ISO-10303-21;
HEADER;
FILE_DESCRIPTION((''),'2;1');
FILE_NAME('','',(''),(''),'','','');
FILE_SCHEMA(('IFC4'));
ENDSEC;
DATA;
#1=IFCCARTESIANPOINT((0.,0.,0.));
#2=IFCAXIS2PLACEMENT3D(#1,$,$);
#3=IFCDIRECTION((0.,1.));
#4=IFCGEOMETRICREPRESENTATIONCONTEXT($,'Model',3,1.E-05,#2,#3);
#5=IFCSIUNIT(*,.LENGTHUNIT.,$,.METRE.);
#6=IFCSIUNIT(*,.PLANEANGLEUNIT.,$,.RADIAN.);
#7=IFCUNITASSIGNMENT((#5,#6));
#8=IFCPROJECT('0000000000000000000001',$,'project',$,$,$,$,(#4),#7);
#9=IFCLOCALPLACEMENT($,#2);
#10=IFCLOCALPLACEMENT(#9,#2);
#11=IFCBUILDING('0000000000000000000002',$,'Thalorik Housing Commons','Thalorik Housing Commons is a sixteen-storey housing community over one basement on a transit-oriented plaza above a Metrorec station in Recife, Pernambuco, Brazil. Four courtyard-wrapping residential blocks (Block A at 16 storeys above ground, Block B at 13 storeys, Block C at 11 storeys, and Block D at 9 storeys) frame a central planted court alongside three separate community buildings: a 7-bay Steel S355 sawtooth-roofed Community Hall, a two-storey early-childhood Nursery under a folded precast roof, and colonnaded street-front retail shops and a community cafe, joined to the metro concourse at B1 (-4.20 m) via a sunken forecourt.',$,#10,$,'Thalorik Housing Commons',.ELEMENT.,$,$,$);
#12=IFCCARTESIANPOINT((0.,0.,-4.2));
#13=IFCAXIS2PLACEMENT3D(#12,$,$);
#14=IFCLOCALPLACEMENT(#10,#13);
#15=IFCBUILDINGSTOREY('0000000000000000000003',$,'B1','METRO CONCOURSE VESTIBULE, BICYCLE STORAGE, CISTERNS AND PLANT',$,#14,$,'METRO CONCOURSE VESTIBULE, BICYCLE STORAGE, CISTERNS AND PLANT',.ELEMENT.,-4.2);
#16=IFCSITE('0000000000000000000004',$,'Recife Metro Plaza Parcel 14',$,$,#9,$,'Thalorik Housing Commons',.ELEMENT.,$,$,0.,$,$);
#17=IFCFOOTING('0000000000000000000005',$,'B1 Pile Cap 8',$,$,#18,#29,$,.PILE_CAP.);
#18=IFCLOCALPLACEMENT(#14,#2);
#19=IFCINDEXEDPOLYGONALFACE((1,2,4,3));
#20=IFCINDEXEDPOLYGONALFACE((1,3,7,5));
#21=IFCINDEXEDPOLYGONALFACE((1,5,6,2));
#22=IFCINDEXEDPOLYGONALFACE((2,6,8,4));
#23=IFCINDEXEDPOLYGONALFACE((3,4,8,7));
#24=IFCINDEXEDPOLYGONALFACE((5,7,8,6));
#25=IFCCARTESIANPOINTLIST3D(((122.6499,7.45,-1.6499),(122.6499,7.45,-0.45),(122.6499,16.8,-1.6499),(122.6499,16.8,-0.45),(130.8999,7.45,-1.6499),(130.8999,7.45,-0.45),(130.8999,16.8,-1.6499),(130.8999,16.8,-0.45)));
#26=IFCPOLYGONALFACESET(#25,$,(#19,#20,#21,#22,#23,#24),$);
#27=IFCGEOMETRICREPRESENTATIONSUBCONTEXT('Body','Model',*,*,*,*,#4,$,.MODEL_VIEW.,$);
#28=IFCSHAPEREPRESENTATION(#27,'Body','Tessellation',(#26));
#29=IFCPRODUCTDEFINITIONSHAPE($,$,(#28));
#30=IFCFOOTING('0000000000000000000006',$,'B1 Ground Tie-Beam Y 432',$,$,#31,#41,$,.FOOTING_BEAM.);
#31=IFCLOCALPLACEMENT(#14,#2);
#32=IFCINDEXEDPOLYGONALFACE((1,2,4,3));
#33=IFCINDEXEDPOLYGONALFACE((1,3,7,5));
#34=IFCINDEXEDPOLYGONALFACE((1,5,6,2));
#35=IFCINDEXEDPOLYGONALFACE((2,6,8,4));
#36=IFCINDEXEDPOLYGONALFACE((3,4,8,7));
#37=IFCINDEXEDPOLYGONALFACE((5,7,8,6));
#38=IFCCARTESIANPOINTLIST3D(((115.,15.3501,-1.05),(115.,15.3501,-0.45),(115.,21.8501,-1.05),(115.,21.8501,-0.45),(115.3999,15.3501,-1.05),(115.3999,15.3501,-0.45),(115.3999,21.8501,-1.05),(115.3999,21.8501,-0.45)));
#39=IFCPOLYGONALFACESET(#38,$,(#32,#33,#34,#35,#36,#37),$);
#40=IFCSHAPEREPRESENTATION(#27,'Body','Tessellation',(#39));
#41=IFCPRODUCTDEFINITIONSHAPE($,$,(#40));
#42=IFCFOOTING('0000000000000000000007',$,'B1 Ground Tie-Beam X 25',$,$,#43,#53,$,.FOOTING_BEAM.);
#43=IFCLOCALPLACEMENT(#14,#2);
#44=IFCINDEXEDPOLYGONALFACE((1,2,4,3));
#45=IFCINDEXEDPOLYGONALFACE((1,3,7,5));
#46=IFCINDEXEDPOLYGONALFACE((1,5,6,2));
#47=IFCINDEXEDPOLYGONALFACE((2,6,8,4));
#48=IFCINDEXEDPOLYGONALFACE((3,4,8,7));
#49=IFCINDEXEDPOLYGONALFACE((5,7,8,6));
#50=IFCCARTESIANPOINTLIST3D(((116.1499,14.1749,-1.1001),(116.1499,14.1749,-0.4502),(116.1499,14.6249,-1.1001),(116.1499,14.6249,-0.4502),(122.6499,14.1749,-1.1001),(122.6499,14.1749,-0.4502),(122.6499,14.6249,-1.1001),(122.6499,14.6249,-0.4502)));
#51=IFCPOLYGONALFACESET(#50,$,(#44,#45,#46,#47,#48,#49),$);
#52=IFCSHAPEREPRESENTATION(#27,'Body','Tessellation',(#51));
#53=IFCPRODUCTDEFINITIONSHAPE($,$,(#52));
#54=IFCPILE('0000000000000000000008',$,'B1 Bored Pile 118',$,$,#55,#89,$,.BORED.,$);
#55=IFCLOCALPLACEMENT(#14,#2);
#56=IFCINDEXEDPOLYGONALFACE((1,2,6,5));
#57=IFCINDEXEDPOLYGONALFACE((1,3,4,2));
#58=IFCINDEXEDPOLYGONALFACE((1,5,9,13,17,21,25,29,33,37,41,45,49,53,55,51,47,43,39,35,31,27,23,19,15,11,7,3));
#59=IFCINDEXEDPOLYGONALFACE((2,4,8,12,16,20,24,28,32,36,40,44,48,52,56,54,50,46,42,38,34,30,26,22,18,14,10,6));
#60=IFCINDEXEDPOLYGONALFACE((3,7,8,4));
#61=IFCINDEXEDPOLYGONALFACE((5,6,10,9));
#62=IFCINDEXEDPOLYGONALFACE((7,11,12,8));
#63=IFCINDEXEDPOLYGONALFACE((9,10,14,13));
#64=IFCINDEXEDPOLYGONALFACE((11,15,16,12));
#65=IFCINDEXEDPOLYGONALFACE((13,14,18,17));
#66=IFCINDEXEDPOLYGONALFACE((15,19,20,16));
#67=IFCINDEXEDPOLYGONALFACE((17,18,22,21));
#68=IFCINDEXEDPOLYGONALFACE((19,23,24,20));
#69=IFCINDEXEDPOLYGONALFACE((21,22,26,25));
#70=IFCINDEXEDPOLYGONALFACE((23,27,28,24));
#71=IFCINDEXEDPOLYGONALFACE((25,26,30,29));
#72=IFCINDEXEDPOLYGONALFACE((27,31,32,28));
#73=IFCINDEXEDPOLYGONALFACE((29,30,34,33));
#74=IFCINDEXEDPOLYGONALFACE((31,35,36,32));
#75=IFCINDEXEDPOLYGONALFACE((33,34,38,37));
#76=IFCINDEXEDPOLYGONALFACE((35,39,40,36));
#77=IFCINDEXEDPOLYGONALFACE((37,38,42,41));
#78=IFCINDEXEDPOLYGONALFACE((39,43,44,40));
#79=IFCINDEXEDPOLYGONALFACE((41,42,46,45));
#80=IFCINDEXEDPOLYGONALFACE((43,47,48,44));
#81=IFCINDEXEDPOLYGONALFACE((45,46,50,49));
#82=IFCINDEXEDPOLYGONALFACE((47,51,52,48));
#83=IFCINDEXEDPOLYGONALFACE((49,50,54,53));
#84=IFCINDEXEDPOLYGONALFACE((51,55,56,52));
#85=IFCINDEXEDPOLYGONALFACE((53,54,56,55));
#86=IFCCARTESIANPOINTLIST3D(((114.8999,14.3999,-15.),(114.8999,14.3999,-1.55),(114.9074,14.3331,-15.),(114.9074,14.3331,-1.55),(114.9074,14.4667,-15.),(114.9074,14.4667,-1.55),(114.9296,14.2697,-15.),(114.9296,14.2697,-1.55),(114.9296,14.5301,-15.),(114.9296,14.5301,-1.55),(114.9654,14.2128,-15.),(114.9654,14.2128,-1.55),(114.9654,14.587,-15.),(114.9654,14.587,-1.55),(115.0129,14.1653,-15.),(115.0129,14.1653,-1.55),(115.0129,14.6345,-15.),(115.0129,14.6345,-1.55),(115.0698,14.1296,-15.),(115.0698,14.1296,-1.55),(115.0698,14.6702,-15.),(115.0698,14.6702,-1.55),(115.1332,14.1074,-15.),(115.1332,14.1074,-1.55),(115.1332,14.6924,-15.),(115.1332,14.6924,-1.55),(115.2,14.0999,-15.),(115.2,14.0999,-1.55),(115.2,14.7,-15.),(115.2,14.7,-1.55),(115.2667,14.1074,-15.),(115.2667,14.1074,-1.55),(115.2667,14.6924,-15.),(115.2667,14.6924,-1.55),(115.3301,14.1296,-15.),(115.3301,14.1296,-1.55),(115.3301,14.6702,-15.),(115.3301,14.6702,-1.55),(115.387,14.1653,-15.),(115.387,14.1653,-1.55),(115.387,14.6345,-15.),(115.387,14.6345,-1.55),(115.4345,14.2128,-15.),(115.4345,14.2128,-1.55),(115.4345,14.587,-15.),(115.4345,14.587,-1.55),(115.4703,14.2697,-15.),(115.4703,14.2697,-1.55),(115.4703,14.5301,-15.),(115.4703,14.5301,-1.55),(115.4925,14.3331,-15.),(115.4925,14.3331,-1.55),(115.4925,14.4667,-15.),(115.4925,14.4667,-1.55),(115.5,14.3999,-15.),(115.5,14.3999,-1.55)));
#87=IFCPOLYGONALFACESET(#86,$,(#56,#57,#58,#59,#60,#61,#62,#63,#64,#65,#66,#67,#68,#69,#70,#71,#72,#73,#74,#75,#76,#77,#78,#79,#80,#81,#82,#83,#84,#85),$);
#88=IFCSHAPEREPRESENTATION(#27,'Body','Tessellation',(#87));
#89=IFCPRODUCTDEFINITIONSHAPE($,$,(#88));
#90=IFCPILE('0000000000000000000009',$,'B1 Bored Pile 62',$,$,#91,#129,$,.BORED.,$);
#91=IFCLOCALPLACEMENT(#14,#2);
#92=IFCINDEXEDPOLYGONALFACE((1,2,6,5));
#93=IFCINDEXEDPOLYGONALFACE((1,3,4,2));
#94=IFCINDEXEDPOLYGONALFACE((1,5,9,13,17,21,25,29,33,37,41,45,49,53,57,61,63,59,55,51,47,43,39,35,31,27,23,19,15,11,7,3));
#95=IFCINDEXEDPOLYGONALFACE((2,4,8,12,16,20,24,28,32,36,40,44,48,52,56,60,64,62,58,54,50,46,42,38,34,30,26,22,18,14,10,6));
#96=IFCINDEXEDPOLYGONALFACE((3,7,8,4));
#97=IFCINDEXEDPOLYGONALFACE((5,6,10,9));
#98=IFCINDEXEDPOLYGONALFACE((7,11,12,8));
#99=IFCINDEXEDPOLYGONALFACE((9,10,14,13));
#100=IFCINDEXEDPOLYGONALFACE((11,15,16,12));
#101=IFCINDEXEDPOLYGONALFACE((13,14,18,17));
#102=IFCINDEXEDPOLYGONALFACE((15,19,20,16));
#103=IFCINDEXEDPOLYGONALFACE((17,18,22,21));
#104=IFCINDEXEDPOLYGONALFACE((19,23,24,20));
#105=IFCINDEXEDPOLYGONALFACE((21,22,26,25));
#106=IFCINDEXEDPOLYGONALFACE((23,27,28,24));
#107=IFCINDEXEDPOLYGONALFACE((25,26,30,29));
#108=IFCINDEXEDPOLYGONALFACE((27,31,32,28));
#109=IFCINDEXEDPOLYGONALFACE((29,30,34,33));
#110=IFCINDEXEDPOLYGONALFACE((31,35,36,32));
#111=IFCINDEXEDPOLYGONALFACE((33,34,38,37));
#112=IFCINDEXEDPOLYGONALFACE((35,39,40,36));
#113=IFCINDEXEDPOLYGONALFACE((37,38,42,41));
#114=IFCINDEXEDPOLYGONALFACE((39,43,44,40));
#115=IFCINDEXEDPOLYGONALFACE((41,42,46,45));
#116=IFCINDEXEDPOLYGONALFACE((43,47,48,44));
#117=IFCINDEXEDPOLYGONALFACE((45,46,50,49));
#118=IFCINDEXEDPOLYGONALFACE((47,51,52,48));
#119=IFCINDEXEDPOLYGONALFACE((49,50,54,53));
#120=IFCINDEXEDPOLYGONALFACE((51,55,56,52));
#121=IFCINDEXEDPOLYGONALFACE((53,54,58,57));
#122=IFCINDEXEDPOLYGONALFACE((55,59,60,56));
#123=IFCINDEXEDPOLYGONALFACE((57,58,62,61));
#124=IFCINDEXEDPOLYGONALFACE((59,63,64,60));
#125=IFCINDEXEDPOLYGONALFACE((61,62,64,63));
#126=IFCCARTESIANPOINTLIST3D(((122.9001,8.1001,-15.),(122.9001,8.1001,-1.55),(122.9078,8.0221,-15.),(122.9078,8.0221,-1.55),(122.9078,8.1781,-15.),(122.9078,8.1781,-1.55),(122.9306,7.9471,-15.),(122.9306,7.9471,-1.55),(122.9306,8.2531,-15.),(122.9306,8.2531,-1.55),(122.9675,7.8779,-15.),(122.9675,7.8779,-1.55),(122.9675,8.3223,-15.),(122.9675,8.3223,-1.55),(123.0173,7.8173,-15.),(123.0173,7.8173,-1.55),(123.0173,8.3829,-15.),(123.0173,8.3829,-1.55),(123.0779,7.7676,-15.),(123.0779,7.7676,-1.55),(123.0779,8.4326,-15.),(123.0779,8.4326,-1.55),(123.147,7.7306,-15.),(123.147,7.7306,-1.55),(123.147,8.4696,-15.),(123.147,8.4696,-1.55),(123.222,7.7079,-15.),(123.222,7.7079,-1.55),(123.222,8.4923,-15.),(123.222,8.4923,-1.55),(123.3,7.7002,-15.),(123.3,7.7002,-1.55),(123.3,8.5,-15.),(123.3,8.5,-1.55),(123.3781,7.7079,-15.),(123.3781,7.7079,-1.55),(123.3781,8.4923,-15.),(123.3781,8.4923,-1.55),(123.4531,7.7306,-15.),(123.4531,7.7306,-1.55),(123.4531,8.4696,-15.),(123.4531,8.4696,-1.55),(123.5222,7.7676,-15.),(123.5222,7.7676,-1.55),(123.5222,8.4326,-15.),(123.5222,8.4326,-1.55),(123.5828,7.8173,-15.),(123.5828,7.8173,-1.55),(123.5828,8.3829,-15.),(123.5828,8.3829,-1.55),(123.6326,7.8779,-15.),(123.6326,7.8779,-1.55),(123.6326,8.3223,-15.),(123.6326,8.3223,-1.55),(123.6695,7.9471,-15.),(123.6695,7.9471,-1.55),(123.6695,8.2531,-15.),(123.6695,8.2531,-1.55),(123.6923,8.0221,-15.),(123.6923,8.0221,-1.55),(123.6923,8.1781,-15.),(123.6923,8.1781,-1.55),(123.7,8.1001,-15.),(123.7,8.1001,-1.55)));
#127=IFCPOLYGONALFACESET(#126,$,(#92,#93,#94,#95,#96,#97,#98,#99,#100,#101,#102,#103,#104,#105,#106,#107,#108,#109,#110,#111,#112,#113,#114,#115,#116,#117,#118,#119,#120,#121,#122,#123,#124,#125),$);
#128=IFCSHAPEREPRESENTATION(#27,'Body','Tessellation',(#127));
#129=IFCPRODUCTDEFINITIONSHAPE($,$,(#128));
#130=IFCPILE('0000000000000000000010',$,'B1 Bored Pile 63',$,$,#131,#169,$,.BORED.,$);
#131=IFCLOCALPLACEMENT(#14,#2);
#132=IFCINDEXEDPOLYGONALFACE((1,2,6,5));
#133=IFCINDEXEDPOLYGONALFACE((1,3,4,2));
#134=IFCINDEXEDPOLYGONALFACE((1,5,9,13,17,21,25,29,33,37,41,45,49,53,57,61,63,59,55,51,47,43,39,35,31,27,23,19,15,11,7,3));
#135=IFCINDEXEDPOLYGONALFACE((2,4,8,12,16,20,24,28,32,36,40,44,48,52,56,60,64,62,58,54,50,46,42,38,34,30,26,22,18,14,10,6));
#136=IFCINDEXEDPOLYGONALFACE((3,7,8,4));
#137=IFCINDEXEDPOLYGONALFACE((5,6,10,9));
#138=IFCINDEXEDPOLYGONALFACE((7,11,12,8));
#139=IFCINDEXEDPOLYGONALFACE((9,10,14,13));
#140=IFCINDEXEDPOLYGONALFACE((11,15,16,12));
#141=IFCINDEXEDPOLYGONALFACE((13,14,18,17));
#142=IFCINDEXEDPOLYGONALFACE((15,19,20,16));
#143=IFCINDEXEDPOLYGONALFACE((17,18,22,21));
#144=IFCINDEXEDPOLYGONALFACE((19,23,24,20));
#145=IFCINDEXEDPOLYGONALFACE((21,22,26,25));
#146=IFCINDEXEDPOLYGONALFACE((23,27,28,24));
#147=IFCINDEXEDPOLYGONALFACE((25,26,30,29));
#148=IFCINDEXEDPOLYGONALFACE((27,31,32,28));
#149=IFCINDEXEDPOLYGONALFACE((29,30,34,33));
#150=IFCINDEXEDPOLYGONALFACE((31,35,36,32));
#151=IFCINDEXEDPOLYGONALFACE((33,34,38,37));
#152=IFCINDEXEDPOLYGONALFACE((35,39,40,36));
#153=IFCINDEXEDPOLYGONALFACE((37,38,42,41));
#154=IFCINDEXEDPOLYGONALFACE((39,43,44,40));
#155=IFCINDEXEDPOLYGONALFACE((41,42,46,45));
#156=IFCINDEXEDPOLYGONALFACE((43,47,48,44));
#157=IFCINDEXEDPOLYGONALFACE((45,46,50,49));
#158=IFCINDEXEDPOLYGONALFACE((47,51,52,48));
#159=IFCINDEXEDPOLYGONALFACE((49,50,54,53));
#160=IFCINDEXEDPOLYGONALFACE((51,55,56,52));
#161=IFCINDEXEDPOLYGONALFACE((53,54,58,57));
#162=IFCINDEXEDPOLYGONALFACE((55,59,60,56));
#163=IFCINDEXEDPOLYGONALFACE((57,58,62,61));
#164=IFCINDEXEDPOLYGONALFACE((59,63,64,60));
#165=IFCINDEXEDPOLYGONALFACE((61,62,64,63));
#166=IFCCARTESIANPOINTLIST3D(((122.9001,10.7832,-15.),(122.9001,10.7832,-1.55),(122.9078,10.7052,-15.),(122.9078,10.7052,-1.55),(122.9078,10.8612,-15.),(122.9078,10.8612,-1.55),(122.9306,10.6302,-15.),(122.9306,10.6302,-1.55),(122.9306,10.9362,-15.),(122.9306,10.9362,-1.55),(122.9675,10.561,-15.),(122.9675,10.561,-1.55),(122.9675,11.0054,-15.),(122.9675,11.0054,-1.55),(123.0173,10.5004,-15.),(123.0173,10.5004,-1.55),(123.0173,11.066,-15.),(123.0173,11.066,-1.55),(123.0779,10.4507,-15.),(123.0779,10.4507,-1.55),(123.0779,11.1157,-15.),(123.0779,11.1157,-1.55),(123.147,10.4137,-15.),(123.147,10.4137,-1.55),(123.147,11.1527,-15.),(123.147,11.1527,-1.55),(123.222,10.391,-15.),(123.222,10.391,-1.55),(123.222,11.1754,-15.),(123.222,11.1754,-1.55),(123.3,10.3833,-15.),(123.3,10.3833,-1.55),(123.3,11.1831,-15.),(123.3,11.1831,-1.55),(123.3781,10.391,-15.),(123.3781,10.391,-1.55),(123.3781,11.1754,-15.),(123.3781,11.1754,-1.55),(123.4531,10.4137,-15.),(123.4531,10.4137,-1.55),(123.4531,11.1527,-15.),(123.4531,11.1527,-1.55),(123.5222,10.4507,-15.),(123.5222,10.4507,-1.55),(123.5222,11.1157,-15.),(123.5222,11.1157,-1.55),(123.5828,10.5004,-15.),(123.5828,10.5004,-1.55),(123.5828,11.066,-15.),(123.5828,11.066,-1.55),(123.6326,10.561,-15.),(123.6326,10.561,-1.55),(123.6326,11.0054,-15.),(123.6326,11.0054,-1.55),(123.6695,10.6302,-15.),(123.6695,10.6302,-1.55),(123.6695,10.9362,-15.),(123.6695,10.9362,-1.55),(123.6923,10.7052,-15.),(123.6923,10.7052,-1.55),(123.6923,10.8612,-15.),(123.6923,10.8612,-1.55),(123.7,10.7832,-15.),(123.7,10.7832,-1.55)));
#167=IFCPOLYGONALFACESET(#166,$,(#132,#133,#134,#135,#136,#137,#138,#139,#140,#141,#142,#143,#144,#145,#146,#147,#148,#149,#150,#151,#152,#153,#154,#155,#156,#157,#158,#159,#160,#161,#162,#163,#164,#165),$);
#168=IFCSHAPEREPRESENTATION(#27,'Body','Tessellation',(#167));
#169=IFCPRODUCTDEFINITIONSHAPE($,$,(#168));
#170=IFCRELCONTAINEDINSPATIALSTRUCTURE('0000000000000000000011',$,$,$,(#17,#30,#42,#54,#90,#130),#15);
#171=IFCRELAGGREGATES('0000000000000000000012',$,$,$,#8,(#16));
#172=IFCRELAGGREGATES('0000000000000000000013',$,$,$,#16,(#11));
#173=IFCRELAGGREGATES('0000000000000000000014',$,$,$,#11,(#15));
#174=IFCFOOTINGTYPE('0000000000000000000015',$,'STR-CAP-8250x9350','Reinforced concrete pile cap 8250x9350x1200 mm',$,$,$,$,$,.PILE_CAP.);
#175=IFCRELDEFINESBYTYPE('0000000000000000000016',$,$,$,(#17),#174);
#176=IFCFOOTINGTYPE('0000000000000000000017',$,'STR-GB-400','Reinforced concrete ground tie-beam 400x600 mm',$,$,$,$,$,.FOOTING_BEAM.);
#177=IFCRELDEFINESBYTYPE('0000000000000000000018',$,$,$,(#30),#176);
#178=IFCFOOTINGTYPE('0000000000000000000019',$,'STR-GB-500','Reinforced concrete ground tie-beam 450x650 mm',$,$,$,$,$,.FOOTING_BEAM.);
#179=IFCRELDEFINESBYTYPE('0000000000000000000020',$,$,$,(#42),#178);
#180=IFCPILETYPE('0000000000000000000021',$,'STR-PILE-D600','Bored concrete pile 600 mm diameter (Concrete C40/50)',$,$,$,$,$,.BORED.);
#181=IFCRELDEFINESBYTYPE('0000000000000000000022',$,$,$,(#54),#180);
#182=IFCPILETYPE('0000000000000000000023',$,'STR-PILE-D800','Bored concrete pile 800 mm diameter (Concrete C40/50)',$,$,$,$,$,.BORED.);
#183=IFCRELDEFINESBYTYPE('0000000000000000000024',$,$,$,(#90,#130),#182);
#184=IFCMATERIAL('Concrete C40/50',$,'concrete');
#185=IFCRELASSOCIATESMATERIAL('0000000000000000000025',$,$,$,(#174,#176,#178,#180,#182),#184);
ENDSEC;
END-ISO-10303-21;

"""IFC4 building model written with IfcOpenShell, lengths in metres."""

from ifc_helpers import new_model, si_unit, direction, frame, origin, origin_2d, place, context, subcontext, project, spatial, rectangle, circle, extrude, material, material_profile, profile_set, type_object, element, save


model = new_model("IFC4")

# Units and contexts
model_context = context("Model", 3, precision=1e-05, world=origin(), true_north=direction((0.0, 1.0)))
body_context = subcontext(model_context, "Body", "Model", "MODEL_VIEW")
ifc_project = project(units=[si_unit("LENGTHUNIT", "METRE"), si_unit("PLANEANGLEUNIT", "RADIAN")], contexts=[model_context])

# Site, building, storey
site_placement = place(None, origin())
site = spatial("IfcSite", under=ifc_project, at=site_placement, Name="Recife Metro Plaza Parcel 14", LongName="Thalorik Housing Commons", CompositionType="ELEMENT", RefElevation=0.0)
building_placement = place(site_placement, origin())
building = spatial("IfcBuilding", under=site, at=building_placement, Name="Thalorik Housing Commons", Description="Thalorik Housing Commons is a sixteen-storey housing community over one basement on a transit-oriented plaza above a Metrorec station in Recife, Pernambuco, Brazil. Four courtyard-wrapping residential blocks (Block A at 16 storeys above ground, Block B at 13 storeys, Block C at 11 storeys, and Block D at 9 storeys) frame a central planted court alongside three separate community buildings: a 7-bay Steel S355 sawtooth-roofed Community Hall, a two-storey early-childhood Nursery under a folded precast roof, and colonnaded street-front retail shops and a community cafe, joined to the metro concourse at B1 (-4.20 m) via a sunken forecourt.", LongName="Thalorik Housing Commons", CompositionType="ELEMENT")
storey_placement = place(building_placement, frame((0.0, 0.0, -4.2)))
storey = spatial("IfcBuildingStorey", under=building, at=storey_placement, Name="B1", Description="METRO CONCOURSE VESTIBULE, BICYCLE STORAGE, CISTERNS AND PLANT", LongName="METRO CONCOURSE VESTIBULE, BICYCLE STORAGE, CISTERNS AND PLANT", CompositionType="ELEMENT", Elevation=-4.2)

# Footings
ifc_material_1 = material(Name="Concrete C40/50", Category="concrete")
footing_type_1 = type_object("IfcFootingType", Name="STR-CAP-8250x9350", Description="Reinforced concrete pile cap 8250x9350x1200 mm", PredefinedType="PILE_CAP", material=ifc_material_1)
footing_1_placement = place(storey_placement, frame((126.7749, 12.125, -1.6499), z_axis=(0.0, 0.0, 1.0), x_axis=(1.0, 0.0, 0.0)))
element("IfcFooting", 1, at=footing_1_placement, inside=storey, type_object=footing_type_1, Name="B1 Pile Cap 8", PredefinedType="PILE_CAP", context=body_context, shape_type="SweptSolid", body=[
    extrude(rectangle(XDim=8.25, YDim=9.3501, at=origin_2d()), origin(), (0.0, 0.0, 1.0), 1.2),
])
ifc_material_profile_1 = material_profile(ifc_material_1, rectangle(XDim=0.3999, YDim=0.6001, at=origin_2d()), Name="RC 400x600", Category="concrete")
ifc_profile_set_1 = profile_set([ifc_material_profile_1], Name="Concrete C40/50")
footing_type_2 = type_object("IfcFootingType", Name="STR-GB-400", Description="Reinforced concrete ground tie-beam 400x600 mm", PredefinedType="FOOTING_BEAM", material=ifc_profile_set_1)
footing_2_placement = place(storey_placement, frame((115.2, 15.3501, -0.75), z_axis=(0.0, 1.0, 0.0), x_axis=(-1.0, 0.0, 0.0)))
element("IfcFooting", 2, at=footing_2_placement, inside=storey, type_object=footing_type_2, Name="B1 Ground Tie-Beam Y 432", PredefinedType="FOOTING_BEAM", context=body_context, shape_type="SweptSolid", body=[
    extrude(rectangle(XDim=0.3999, YDim=0.6001, at=origin_2d()), origin(), (0.0, 0.0, 1.0), 6.5),
])
ifc_material_profile_2 = material_profile(ifc_material_1, rectangle(XDim=0.45, YDim=0.6499, at=origin_2d()), Name="RC 450x650", Category="concrete")
ifc_profile_set_2 = profile_set([ifc_material_profile_2], Name="Concrete C40/50")
footing_type_3 = type_object("IfcFootingType", Name="STR-GB-500", Description="Reinforced concrete ground tie-beam 450x650 mm", PredefinedType="FOOTING_BEAM", material=ifc_profile_set_2)
footing_3_placement = place(storey_placement, frame((116.1499, 14.3999, -0.7751), z_axis=(1.0, 0.0, 0.0), x_axis=(0.0, 1.0, 0.0)))
element("IfcFooting", 3, at=footing_3_placement, inside=storey, type_object=footing_type_3, Name="B1 Ground Tie-Beam X 25", PredefinedType="FOOTING_BEAM", context=body_context, shape_type="SweptSolid", body=[
    extrude(rectangle(XDim=0.45, YDim=0.6499, at=origin_2d()), origin(), (0.0, 0.0, 1.0), 6.5),
])

# Piles
ifc_material_profile_3 = material_profile(ifc_material_1, circle(Radius=0.3, at=origin_2d()), Name="BORED PILE D600", Category="concrete")
ifc_profile_set_3 = profile_set([ifc_material_profile_3], Name="Concrete C40/50")
pile_type_1 = type_object("IfcPileType", Name="STR-PILE-D600", Description="Bored concrete pile 600 mm diameter (Concrete C40/50)", PredefinedType="BORED", material=ifc_profile_set_3)
pile_placement = place(storey_placement, frame((115.2, 14.3999, -1.55), z_axis=(0.0, 0.0, -1.0), x_axis=(1.0, 0.0, 0.0)))
element("IfcPile", 4, at=pile_placement, inside=storey, type_object=pile_type_1, Name="B1 Bored Pile 118", PredefinedType="BORED", context=body_context, shape_type="SweptSolid", body=[
    extrude(circle(Radius=0.3, at=origin_2d()), origin(), (0.0, 0.0, 1.0), 13.45),
])
ifc_material_profile_4 = material_profile(ifc_material_1, circle(Radius=0.3999, at=origin_2d()), Name="BORED PILE D800", Category="concrete")
ifc_profile_set_4 = profile_set([ifc_material_profile_4], Name="Concrete C40/50")
pile_type_2 = type_object("IfcPileType", Name="STR-PILE-D800", Description="Bored concrete pile 800 mm diameter (Concrete C40/50)", PredefinedType="BORED", material=ifc_profile_set_4)
for number, where, z_axis, x_axis, name in (
    (5, (123.3, 8.1001, -1.55), (0.0, 0.0, -1.0), (1.0, 0.0, 0.0), "B1 Bored Pile 62"),
    (6, (123.3, 10.7832, -1.55), (0.0, 0.0, -1.0), (1.0, 0.0, 0.0), "B1 Bored Pile 63"),
):
    element("IfcPile", number, at=place(storey_placement, frame(where, z_axis=z_axis, x_axis=x_axis)), inside=storey, type_object=pile_type_2, Name=name, PredefinedType="BORED", context=body_context, shape_type="SweptSolid", body=[
        extrude(circle(Radius=0.3999, at=origin_2d()), origin(), (0.0, 0.0, 1.0), 13.45),
    ])

save(model, "model.ifc")
